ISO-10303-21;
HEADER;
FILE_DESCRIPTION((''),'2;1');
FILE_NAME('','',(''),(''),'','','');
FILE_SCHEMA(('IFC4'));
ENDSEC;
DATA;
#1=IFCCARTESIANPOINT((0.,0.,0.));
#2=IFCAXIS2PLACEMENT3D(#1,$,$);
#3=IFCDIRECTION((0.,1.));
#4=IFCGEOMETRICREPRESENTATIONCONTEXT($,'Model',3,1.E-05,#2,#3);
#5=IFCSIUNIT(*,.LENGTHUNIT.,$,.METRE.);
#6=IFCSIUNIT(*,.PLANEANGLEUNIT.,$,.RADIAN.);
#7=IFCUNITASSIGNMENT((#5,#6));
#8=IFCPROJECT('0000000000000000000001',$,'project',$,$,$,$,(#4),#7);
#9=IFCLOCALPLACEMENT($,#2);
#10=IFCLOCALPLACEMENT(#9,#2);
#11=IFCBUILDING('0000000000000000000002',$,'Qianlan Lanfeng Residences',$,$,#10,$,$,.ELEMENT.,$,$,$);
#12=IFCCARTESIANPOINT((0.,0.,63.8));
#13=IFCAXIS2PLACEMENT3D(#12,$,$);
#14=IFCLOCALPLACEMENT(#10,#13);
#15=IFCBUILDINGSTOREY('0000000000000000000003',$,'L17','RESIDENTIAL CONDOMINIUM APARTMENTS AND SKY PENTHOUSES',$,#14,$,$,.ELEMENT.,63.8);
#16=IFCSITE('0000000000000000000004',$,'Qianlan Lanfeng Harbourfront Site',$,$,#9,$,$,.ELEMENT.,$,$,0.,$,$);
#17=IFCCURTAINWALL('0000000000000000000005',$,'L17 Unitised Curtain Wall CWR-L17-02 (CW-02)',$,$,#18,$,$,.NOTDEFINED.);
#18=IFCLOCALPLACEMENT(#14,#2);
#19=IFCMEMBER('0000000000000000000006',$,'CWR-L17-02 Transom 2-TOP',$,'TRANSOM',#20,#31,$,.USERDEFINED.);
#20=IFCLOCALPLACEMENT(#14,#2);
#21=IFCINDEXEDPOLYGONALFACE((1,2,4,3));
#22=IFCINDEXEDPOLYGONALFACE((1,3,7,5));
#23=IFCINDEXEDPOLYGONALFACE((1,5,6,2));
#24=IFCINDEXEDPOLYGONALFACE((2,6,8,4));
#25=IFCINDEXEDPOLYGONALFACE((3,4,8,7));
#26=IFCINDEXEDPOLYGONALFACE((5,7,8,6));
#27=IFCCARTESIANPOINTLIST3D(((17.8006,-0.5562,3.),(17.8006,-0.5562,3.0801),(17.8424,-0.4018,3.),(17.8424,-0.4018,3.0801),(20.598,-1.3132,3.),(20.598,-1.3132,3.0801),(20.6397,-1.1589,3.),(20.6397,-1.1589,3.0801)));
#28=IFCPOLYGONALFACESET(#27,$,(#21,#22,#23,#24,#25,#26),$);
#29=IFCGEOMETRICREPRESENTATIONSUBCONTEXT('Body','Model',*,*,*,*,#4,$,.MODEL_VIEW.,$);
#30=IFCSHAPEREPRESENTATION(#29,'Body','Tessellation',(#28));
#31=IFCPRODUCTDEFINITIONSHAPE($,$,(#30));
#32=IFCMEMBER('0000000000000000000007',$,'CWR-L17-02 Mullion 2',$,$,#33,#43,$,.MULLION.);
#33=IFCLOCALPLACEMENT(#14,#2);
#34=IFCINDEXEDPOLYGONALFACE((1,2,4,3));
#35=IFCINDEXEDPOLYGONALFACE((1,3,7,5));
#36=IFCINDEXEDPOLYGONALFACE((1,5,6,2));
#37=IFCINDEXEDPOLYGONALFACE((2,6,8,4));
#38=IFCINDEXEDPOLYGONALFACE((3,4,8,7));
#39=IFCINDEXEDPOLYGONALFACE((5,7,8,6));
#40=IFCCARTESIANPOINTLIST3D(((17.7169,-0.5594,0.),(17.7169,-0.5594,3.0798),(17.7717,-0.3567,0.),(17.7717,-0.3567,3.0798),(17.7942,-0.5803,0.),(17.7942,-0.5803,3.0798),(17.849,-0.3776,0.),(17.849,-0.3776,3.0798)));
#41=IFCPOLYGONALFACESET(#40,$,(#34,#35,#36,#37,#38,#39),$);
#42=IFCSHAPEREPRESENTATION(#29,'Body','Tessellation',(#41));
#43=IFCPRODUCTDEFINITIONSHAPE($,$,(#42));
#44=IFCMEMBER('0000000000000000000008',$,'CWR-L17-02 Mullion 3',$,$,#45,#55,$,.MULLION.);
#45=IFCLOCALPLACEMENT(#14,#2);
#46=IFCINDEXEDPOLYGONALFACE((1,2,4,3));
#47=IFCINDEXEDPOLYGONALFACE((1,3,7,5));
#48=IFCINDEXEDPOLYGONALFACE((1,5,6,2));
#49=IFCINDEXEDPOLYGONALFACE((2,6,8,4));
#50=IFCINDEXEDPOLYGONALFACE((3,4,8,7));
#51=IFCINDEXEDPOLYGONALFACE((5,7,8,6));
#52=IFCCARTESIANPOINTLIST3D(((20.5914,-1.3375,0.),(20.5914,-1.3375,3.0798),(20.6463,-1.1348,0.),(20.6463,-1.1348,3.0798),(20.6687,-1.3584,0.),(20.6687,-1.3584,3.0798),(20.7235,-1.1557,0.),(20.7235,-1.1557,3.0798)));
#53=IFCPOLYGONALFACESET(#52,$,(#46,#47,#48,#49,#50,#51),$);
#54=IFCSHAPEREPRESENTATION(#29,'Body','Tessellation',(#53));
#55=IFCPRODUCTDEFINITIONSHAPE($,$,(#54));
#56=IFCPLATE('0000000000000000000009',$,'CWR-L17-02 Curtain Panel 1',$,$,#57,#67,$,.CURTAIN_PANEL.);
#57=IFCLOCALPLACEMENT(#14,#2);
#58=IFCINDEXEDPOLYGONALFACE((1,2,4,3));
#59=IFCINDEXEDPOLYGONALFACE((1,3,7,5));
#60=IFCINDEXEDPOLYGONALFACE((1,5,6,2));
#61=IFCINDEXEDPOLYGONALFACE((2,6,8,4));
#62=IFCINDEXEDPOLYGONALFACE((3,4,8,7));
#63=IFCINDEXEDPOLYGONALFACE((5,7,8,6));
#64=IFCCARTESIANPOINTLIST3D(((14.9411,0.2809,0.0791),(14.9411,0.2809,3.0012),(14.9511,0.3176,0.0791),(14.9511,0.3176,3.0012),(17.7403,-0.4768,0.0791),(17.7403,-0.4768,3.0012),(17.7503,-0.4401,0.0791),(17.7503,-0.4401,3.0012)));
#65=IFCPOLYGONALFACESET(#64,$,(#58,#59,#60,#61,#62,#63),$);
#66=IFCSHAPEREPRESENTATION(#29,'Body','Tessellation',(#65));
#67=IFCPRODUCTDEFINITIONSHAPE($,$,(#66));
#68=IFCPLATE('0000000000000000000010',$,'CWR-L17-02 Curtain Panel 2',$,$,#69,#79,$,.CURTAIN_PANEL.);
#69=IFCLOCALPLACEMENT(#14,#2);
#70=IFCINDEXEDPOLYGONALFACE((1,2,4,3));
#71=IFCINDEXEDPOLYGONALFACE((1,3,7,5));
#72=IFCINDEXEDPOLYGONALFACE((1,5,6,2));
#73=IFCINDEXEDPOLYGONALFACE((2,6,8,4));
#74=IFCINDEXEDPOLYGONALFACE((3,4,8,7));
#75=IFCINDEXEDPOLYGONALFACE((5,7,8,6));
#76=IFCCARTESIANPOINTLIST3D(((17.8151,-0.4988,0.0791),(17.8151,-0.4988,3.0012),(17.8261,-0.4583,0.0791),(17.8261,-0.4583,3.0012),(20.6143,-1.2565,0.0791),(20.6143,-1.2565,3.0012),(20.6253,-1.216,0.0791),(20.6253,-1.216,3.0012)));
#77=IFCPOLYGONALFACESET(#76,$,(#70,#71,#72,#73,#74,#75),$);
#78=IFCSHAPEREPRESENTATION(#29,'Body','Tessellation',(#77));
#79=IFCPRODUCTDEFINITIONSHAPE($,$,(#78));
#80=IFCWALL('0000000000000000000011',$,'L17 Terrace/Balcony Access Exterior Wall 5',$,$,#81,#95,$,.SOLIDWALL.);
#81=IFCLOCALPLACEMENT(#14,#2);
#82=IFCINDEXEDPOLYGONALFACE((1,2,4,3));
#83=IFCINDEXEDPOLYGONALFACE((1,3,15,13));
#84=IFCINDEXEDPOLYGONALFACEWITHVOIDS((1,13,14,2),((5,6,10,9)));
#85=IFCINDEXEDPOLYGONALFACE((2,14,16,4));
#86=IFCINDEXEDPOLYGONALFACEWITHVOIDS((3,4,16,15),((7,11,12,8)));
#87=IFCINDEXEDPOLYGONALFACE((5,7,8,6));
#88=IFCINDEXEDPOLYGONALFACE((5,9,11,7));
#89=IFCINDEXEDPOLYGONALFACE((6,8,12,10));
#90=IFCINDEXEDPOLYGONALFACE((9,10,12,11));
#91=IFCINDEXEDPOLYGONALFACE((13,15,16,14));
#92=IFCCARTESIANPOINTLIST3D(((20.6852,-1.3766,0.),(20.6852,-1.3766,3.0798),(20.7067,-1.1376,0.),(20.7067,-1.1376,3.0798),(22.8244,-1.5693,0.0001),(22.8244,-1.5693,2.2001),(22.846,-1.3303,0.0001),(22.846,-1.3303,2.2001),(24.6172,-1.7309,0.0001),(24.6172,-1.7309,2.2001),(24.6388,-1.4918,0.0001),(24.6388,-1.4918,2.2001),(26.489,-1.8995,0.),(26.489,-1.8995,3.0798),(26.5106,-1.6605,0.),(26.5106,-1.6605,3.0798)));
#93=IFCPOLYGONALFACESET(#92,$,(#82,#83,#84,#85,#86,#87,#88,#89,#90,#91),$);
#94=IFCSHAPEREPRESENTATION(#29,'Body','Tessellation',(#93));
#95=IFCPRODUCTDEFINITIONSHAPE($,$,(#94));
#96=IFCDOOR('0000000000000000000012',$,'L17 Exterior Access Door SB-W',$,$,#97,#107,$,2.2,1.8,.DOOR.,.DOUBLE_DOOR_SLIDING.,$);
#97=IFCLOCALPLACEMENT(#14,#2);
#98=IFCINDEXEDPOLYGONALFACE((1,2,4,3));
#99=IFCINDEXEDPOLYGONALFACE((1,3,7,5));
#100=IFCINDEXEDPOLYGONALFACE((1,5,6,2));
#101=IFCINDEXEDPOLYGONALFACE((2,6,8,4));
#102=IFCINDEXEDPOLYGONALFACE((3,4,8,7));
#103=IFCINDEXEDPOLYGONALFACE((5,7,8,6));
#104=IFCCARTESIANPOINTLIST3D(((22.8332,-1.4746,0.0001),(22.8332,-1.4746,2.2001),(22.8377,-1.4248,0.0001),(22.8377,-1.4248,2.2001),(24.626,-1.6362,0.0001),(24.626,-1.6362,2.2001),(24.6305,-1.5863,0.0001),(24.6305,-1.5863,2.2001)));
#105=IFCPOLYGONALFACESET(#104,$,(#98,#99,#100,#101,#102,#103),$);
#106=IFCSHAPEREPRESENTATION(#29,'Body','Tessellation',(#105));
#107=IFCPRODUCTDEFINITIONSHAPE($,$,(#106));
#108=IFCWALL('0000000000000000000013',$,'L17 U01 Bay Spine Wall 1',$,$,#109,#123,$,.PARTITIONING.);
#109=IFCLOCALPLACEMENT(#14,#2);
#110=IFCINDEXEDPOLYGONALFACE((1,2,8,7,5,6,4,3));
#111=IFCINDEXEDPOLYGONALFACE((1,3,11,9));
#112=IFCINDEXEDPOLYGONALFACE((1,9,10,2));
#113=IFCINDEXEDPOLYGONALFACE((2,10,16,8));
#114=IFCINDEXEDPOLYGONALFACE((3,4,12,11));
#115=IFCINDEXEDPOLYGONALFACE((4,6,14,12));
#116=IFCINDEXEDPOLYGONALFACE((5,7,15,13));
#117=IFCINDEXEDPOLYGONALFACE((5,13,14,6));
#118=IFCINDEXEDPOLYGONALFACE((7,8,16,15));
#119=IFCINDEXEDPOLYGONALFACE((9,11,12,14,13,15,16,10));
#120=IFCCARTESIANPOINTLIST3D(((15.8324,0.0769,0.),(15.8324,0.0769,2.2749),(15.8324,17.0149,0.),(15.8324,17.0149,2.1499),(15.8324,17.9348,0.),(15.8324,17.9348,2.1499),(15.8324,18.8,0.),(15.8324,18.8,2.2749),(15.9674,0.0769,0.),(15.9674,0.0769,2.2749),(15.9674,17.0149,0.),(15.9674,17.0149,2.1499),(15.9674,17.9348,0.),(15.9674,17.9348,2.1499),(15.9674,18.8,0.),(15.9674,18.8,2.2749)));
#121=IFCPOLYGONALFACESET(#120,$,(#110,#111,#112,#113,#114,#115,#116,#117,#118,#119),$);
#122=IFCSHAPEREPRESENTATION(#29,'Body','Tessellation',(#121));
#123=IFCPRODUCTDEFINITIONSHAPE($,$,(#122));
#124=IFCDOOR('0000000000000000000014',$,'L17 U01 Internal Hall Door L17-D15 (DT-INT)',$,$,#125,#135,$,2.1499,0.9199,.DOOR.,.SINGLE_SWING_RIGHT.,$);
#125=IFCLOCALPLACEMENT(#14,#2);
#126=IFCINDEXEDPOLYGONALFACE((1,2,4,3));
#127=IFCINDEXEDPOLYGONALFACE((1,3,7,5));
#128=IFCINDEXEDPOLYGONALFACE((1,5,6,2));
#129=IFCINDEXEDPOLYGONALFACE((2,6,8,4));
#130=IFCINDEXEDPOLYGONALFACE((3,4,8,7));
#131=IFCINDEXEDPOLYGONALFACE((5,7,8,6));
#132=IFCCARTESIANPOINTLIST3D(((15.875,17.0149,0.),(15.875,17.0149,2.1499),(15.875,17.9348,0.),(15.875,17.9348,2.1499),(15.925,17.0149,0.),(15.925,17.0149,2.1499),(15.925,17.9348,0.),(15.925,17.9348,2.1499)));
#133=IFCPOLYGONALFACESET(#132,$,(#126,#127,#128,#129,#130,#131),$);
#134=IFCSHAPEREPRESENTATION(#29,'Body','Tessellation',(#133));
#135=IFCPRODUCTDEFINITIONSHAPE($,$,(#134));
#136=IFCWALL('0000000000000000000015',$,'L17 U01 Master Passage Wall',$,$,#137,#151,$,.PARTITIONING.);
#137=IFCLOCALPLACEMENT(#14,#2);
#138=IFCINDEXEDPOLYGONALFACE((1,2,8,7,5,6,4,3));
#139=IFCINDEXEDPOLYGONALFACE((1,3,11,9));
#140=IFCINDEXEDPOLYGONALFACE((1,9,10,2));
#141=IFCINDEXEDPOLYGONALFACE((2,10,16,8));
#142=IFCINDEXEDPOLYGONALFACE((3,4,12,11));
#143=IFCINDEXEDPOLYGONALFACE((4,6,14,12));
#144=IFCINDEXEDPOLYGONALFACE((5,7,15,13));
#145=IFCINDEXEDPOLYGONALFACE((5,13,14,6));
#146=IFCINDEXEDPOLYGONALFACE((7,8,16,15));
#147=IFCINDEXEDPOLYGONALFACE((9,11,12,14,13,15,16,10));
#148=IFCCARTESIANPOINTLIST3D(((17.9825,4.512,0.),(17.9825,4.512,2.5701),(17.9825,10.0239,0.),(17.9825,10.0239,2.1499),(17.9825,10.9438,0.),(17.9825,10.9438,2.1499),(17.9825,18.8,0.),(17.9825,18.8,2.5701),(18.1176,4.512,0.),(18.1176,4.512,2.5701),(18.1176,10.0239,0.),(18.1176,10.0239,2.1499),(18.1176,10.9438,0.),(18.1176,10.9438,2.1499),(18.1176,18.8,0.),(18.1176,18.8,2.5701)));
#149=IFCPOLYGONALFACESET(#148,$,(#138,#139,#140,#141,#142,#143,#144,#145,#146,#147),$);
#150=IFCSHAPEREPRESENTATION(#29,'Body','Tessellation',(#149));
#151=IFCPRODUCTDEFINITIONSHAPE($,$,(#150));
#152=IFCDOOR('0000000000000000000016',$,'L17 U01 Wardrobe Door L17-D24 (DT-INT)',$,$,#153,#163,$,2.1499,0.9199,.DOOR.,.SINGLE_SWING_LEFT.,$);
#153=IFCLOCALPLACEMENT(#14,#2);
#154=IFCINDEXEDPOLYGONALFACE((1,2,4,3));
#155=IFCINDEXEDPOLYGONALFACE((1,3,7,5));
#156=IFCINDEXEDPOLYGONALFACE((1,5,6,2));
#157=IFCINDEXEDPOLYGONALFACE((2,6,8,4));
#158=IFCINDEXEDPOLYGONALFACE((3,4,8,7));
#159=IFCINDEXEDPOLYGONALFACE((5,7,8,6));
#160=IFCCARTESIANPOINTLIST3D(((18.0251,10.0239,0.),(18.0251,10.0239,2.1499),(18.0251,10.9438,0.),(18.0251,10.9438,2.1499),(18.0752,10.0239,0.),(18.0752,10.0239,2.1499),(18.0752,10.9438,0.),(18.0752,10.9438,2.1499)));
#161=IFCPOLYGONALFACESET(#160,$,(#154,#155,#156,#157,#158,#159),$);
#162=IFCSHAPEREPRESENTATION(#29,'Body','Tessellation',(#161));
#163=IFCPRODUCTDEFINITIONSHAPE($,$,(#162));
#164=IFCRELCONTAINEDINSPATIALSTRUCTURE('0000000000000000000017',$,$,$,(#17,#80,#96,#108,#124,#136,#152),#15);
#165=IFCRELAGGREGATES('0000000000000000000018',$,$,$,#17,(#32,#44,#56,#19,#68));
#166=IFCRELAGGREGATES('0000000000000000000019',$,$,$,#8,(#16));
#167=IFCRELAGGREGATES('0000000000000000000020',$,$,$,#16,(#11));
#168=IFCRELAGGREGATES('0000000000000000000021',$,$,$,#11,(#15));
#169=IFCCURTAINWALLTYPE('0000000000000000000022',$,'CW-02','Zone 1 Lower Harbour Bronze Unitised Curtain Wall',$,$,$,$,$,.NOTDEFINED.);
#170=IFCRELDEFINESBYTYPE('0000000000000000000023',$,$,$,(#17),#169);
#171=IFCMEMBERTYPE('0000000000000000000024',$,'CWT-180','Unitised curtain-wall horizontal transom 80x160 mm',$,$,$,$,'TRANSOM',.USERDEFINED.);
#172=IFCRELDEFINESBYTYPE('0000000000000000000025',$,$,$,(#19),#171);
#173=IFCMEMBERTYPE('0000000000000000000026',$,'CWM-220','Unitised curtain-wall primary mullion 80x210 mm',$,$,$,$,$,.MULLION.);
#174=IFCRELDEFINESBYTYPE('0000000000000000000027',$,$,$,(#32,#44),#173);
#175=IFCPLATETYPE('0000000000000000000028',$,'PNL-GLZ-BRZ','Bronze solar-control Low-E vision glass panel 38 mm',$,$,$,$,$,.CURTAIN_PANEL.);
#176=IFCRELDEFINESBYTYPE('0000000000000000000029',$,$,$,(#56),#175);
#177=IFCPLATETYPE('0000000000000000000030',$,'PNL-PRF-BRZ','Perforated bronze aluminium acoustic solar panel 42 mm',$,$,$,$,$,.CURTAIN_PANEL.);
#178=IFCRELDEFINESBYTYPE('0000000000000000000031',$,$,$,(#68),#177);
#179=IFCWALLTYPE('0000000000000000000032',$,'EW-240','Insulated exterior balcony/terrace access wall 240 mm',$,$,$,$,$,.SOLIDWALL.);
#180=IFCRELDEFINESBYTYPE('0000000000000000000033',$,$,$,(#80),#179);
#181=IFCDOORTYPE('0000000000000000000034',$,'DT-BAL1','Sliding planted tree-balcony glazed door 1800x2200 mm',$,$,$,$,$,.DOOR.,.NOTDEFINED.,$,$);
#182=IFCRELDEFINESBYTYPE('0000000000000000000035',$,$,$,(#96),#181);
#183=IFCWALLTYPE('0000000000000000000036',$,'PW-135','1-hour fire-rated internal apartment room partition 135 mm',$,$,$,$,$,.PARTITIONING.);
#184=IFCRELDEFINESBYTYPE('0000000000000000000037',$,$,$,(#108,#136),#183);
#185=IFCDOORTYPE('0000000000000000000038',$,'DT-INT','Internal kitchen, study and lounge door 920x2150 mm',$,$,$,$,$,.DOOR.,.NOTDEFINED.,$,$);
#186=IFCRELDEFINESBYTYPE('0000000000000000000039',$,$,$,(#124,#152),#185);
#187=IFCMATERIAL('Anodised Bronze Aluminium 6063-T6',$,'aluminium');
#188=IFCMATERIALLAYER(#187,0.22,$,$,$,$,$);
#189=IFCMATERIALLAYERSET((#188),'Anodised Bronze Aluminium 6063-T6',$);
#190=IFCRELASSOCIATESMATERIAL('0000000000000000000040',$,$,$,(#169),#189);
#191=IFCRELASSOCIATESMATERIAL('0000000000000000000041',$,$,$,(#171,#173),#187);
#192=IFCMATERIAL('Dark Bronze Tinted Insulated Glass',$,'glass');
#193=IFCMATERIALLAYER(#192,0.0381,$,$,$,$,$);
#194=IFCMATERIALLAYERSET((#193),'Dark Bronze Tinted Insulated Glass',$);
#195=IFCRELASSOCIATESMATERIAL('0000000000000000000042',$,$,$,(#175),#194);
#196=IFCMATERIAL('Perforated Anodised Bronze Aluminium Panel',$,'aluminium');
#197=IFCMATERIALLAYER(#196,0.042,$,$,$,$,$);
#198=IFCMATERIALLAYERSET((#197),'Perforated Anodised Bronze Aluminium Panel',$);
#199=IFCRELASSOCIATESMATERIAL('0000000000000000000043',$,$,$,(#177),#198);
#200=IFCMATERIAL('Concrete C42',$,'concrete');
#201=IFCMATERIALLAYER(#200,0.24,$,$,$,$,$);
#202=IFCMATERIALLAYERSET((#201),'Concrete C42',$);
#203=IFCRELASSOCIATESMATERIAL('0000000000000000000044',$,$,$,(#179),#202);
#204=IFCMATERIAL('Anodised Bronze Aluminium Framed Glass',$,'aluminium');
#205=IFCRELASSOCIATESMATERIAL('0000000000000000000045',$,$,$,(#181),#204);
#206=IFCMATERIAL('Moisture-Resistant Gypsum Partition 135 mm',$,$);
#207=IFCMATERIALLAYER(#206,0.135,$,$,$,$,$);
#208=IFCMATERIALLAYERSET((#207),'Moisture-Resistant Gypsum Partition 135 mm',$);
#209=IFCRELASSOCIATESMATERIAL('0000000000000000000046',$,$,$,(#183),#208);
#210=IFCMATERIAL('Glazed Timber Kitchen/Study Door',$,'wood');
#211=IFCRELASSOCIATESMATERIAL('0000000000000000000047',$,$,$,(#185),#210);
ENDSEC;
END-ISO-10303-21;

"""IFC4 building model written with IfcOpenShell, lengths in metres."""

from ifc_helpers import new_model, si_unit, direction, frame, frame_2d, origin, origin_2d, place, context, subcontext, project, spatial, rectangle, extrude, source, transform, mapped, material, layer, layer_set, material_profile, profile_set, type_object, element, fill, aggregate, save


model = new_model("IFC4")

# Units and contexts
model_context = context("Model", 3, precision=1e-05, world=origin(), true_north=direction((0.0, 1.0)))
body_context = subcontext(model_context, "Body", "Model", "MODEL_VIEW")
ifc_project = project(units=[si_unit("LENGTHUNIT", "METRE"), si_unit("PLANEANGLEUNIT", "RADIAN")], contexts=[model_context])

# Site, building, storey
site_placement = place(None, origin())
site = spatial("IfcSite", under=ifc_project, at=site_placement, Name="Qianlan Lanfeng Harbourfront Site", CompositionType="ELEMENT", RefElevation=0.0)
building_placement = place(site_placement, origin())
building = spatial("IfcBuilding", under=site, at=building_placement, Name="Qianlan Lanfeng Residences", CompositionType="ELEMENT")
storey_placement = place(building_placement, frame((0.0, 0.0, 63.8)))
storey = spatial("IfcBuildingStorey", under=building, at=storey_placement, Name="L17", Description="RESIDENTIAL CONDOMINIUM APARTMENTS AND SKY PENTHOUSES", CompositionType="ELEMENT", Elevation=63.8)

# Curtain wall, members, plates
ifc_material_1 = material(Name="Anodised Bronze Aluminium 6063-T6", Category="aluminium")
ifc_layer_1 = layer(ifc_material_1, 0.22)
ifc_layer_set_1 = layer_set([ifc_layer_1], Name="Anodised Bronze Aluminium 6063-T6")
curtain_wall_type = type_object("IfcCurtainWallType", Name="CW-02", Description="Zone 1 Lower Harbour Bronze Unitised Curtain Wall", PredefinedType="NOTDEFINED", material=ifc_layer_set_1)
curtain_wall_placement = place(storey_placement, origin())
curtain_wall = element("IfcCurtainWall", 1, at=curtain_wall_placement, inside=storey, type_object=curtain_wall_type, Name="L17 Unitised Curtain Wall CWR-L17-02 (CW-02)", PredefinedType="NOTDEFINED")
ifc_material_profile_1 = material_profile(ifc_material_1, rectangle(XDim=0.0801, YDim=0.1599, at=origin_2d()), Name="ALU TRANSOM 80x160")
ifc_profile_set_1 = profile_set([ifc_material_profile_1], Name="Anodised Bronze Aluminium 6063-T6")
member_type_1 = type_object("IfcMemberType", Name="CWT-180", Description="Unitised curtain-wall horizontal transom 80x160 mm", ElementType="TRANSOM", PredefinedType="USERDEFINED", material=ifc_profile_set_1)
shared_shape_1 = source(origin(), body_context, "Body", "SweptSolid", [
    extrude(rectangle(XDim=0.0801, YDim=0.1599, at=origin_2d()), origin(), (0.0, 0.0, 1.0), 2.8979),
])
member_1_placement = place(storey_placement, frame((17.8215, -0.479, 3.04), z_axis=(0.965273, -0.261242, 0.0), x_axis=(0.0, 0.0, 1.0)))
member_1 = element("IfcMember", 2, at=member_1_placement, type_object=member_type_1, Name="CWR-L17-02 Transom 2-TOP", ObjectType="TRANSOM", PredefinedType="USERDEFINED", context=body_context, shape_type="MappedRepresentation", body=[
    mapped(shared_shape_1, transform((0.0, 0.0, 0.0), scale=1.0)),
])
ifc_material_profile_2 = material_profile(ifc_material_1, rectangle(XDim=0.0801, YDim=0.21, at=origin_2d()), Name="ALU MULLION 80x210")
ifc_profile_set_2 = profile_set([ifc_material_profile_2], Name="Anodised Bronze Aluminium 6063-T6")
member_type_2 = type_object("IfcMemberType", Name="CWM-220", Description="Unitised curtain-wall primary mullion 80x210 mm", PredefinedType="MULLION", material=ifc_profile_set_2)
shared_shape_2 = source(origin(), body_context, "Body", "SweptSolid", [
    extrude(rectangle(XDim=0.0801, YDim=0.21, at=origin_2d()), origin(), (0.0, 0.0, 1.0), 3.0798),
])
member_2_placement = place(storey_placement, frame((17.783, -0.4685, 0.0), z_axis=(0.0, 0.0, 1.0), x_axis=(0.965263, -0.261281, 0.0)))
member_2 = element("IfcMember", 3, at=member_2_placement, type_object=member_type_2, Name="CWR-L17-02 Mullion 2", PredefinedType="MULLION", context=body_context, shape_type="MappedRepresentation", body=[
    mapped(shared_shape_2, transform((0.0, 0.0, 0.0), scale=1.0)),
])
member_3_placement = place(storey_placement, frame((20.6575, -1.2466, 0.0), z_axis=(0.0, 0.0, 1.0), x_axis=(0.965263, -0.261281, 0.0)))
member_3 = element("IfcMember", 4, at=member_3_placement, type_object=member_type_2, Name="CWR-L17-02 Mullion 3", PredefinedType="MULLION", context=body_context, shape_type="MappedRepresentation", body=[
    mapped(shared_shape_2, transform((0.0, 0.0, 0.0), scale=1.0)),
])
ifc_material_2 = material(Name="Dark Bronze Tinted Insulated Glass", Category="glass")
ifc_layer_2 = layer(ifc_material_2, 0.0381)
ifc_layer_set_2 = layer_set([ifc_layer_2], Name="Dark Bronze Tinted Insulated Glass")
plate_type_1 = type_object("IfcPlateType", Name="PNL-GLZ-BRZ", Description="Bronze solar-control Low-E vision glass panel 38 mm", PredefinedType="CURTAIN_PANEL", material=ifc_layer_set_2)
shared_shape_3 = source(origin(), body_context, "Body", "SweptSolid", [
    extrude(rectangle(XDim=2.8999, YDim=0.0381, at=origin_2d()), origin(), (0.0, 0.0, 1.0), 2.9221),
])
plate_1_placement = place(storey_placement, frame((16.3457, -0.0796, 0.0791), z_axis=(0.0, 0.0, 1.0), x_axis=(0.965263, -0.261281, 0.0)))
plate_1 = element("IfcPlate", 5, at=plate_1_placement, type_object=plate_type_1, Name="CWR-L17-02 Curtain Panel 1", PredefinedType="CURTAIN_PANEL", context=body_context, shape_type="MappedRepresentation", body=[
    mapped(shared_shape_3, transform((0.0, 0.0, 0.0), scale=1.0)),
])
ifc_material_3 = material(Name="Perforated Anodised Bronze Aluminium Panel", Category="aluminium")
ifc_layer_3 = layer(ifc_material_3, 0.042)
ifc_layer_set_3 = layer_set([ifc_layer_3], Name="Perforated Anodised Bronze Aluminium Panel")
plate_type_2 = type_object("IfcPlateType", Name="PNL-PRF-BRZ", Description="Perforated bronze aluminium acoustic solar panel 42 mm", PredefinedType="CURTAIN_PANEL", material=ifc_layer_set_3)
shared_shape_4 = source(origin(), body_context, "Body", "SweptSolid", [
    extrude(rectangle(XDim=2.8999, YDim=0.042, at=origin_2d()), origin(), (0.0, 0.0, 1.0), 2.9221),
])
plate_2_placement = place(storey_placement, frame((19.2202, -0.8574, 0.0791), z_axis=(0.0, 0.0, 1.0), x_axis=(0.965263, -0.261281, 0.0)))
plate_2 = element("IfcPlate", 6, at=plate_2_placement, type_object=plate_type_2, Name="CWR-L17-02 Curtain Panel 2", PredefinedType="CURTAIN_PANEL", context=body_context, shape_type="MappedRepresentation", body=[
    mapped(shared_shape_4, transform((0.0, 0.0, 0.0), scale=1.0)),
])
aggregate(curtain_wall, [member_2, member_3, plate_1, member_1, plate_2])

# Walls, openings, doors
ifc_material_4 = material(Name="Concrete C42", Category="concrete")
ifc_layer_4 = layer(ifc_material_4, 0.24)
ifc_layer_set_4 = layer_set([ifc_layer_4], Name="Concrete C42")
wall_type_1 = type_object("IfcWallType", Name="EW-240", Description="Insulated exterior balcony/terrace access wall 240 mm", PredefinedType="SOLIDWALL", material=ifc_layer_set_4)
wall_1_placement = place(storey_placement, frame((20.696, -1.2571, 0.0), z_axis=(0.0, 0.0, 1.0), x_axis=(0.995965, -0.089739, 0.0)))
wall_1 = element("IfcWall", 7, at=wall_1_placement, inside=storey, type_object=wall_type_1, Name="L17 Terrace/Balcony Access Exterior Wall 5", PredefinedType="SOLIDWALL", context=body_context, shape_type="SweptSolid", body=[
    extrude(rectangle(XDim=5.8274, YDim=0.24, at=frame_2d((2.9136, 0.0))), origin(), (0.0, 0.0, 1.0), 3.0798),
])
opening_1_placement = place(wall_1_placement, frame((2.1479, 0.0, 0.0)))
opening_1 = element("IfcOpeningElement", 8, at=opening_1_placement, cuts=wall_1, PredefinedType="OPENING", context=body_context, shape_type="SweptSolid", body=[
    extrude(rectangle(XDim=1.8, YDim=2.2, at=frame_2d((0.8999, 1.1001))), frame((0.0, 0.1299, 0.0), z_axis=(0.0, -1.0, 0.0), x_axis=(1.0, 0.0, 0.0)), (0.0, 0.0, 1.0), 0.26),
])
ifc_material_5 = material(Name="Anodised Bronze Aluminium Framed Glass", Category="aluminium")
door_type_1 = type_object("IfcDoorType", Name="DT-BAL1", Description="Sliding planted tree-balcony glazed door 1800x2200 mm", OperationType="NOTDEFINED", PredefinedType="DOOR", material=ifc_material_5)
door_1_placement = place(opening_1_placement, frame((1.8, 0.0, 0.0), z_axis=(0.0, 0.0, 1.0), x_axis=(-1.0, 0.0, 0.0)))
door_1 = element("IfcDoor", 9, at=door_1_placement, inside=storey, type_object=door_type_1, Name="L17 Exterior Access Door SB-W", OperationType="DOUBLE_DOOR_SLIDING", OverallHeight=2.2, OverallWidth=1.8, PredefinedType="DOOR", context=body_context, shape_type="SweptSolid", body=[
    extrude(rectangle(XDim=1.8, YDim=2.2, at=frame_2d((0.8999, 1.1001))), frame((0.0, 0.0249, 0.0), z_axis=(0.0, -1.0, 0.0), x_axis=(1.0, 0.0, 0.0)), (0.0, 0.0, 1.0), 0.05),
])
fill(opening_1, door_1)
ifc_material_6 = material(Name="Moisture-Resistant Gypsum Partition 135 mm")
ifc_layer_5 = layer(ifc_material_6, 0.135)
ifc_layer_set_5 = layer_set([ifc_layer_5], Name="Moisture-Resistant Gypsum Partition 135 mm")
wall_type_2 = type_object("IfcWallType", Name="PW-135", Description="1-hour fire-rated internal apartment room partition 135 mm", PredefinedType="PARTITIONING", material=ifc_layer_set_5)
wall_2_placement = place(storey_placement, frame((15.8999, 0.0769, 0.0), z_axis=(0.0, 0.0, 1.0), x_axis=(0.0, 1.0, 0.0)))
wall_2 = element("IfcWall", 10, at=wall_2_placement, inside=storey, type_object=wall_type_2, Name="L17 U01 Bay Spine Wall 1", PredefinedType="PARTITIONING", context=body_context, shape_type="SweptSolid", body=[
    extrude(rectangle(XDim=18.7231, YDim=0.135, at=frame_2d((9.3616, 0.0))), origin(), (0.0, 0.0, 1.0), 2.2749),
])
opening_2_placement = place(wall_2_placement, frame((16.938, 0.0, 0.0)))
opening_2 = element("IfcOpeningElement", 11, at=opening_2_placement, cuts=wall_2, PredefinedType="OPENING", context=body_context, shape_type="SweptSolid", body=[
    extrude(rectangle(XDim=0.9199, YDim=2.1499, at=frame_2d((0.46, 1.075))), frame((0.0, 0.0776, 0.0), z_axis=(0.0, -1.0, 0.0), x_axis=(1.0, 0.0, 0.0)), (0.0, 0.0, 1.0), 0.155),
])
ifc_material_7 = material(Name="Glazed Timber Kitchen/Study Door", Category="wood")
door_type_2 = type_object("IfcDoorType", Name="DT-INT", Description="Internal kitchen, study and lounge door 920x2150 mm", OperationType="NOTDEFINED", PredefinedType="DOOR", material=ifc_material_7)
door_2_placement = place(opening_2_placement, origin())
door_2 = element("IfcDoor", 12, at=door_2_placement, inside=storey, type_object=door_type_2, Name="L17 U01 Internal Hall Door L17-D15 (DT-INT)", OperationType="SINGLE_SWING_RIGHT", OverallHeight=2.1499, OverallWidth=0.9199, PredefinedType="DOOR", context=body_context, shape_type="SweptSolid", body=[
    extrude(rectangle(XDim=0.9199, YDim=2.1499, at=frame_2d((0.46, 1.075))), frame((0.0, 0.0249, 0.0), z_axis=(0.0, -1.0, 0.0), x_axis=(1.0, 0.0, 0.0)), (0.0, 0.0, 1.0), 0.05),
])
fill(opening_2, door_2)

# Wall, opening, door
wall_3_placement = place(storey_placement, frame((18.05, 4.512, 0.0), z_axis=(0.0, 0.0, 1.0), x_axis=(0.0, 1.0, 0.0)))
wall_3 = element("IfcWall", 13, at=wall_3_placement, inside=storey, type_object=wall_type_2, Name="L17 U01 Master Passage Wall", PredefinedType="PARTITIONING", context=body_context, shape_type="SweptSolid", body=[
    extrude(rectangle(XDim=14.2881, YDim=0.135, at=frame_2d((7.144, 0.0))), origin(), (0.0, 0.0, 1.0), 2.5701),
])
opening_3_placement = place(wall_3_placement, frame((5.512, 0.0, 0.0)))
opening_3 = element("IfcOpeningElement", 14, at=opening_3_placement, cuts=wall_3, PredefinedType="OPENING", context=body_context, shape_type="SweptSolid", body=[
    extrude(rectangle(XDim=0.9199, YDim=2.1499, at=frame_2d((0.46, 1.075))), frame((0.0, 0.0776, 0.0), z_axis=(0.0, -1.0, 0.0), x_axis=(1.0, 0.0, 0.0)), (0.0, 0.0, 1.0), 0.155),
])
door_3_placement = place(opening_3_placement, origin())
door_3 = element("IfcDoor", 15, at=door_3_placement, inside=storey, type_object=door_type_2, Name="L17 U01 Wardrobe Door L17-D24 (DT-INT)", OperationType="SINGLE_SWING_LEFT", OverallHeight=2.1499, OverallWidth=0.9199, PredefinedType="DOOR", context=body_context, shape_type="SweptSolid", body=[
    extrude(rectangle(XDim=0.9199, YDim=2.1499, at=frame_2d((0.46, 1.075))), frame((0.0, 0.0249, 0.0), z_axis=(0.0, -1.0, 0.0), x_axis=(1.0, 0.0, 0.0)), (0.0, 0.0, 1.0), 0.05),
])
fill(opening_3, door_3)

save(model, "model.ifc")
